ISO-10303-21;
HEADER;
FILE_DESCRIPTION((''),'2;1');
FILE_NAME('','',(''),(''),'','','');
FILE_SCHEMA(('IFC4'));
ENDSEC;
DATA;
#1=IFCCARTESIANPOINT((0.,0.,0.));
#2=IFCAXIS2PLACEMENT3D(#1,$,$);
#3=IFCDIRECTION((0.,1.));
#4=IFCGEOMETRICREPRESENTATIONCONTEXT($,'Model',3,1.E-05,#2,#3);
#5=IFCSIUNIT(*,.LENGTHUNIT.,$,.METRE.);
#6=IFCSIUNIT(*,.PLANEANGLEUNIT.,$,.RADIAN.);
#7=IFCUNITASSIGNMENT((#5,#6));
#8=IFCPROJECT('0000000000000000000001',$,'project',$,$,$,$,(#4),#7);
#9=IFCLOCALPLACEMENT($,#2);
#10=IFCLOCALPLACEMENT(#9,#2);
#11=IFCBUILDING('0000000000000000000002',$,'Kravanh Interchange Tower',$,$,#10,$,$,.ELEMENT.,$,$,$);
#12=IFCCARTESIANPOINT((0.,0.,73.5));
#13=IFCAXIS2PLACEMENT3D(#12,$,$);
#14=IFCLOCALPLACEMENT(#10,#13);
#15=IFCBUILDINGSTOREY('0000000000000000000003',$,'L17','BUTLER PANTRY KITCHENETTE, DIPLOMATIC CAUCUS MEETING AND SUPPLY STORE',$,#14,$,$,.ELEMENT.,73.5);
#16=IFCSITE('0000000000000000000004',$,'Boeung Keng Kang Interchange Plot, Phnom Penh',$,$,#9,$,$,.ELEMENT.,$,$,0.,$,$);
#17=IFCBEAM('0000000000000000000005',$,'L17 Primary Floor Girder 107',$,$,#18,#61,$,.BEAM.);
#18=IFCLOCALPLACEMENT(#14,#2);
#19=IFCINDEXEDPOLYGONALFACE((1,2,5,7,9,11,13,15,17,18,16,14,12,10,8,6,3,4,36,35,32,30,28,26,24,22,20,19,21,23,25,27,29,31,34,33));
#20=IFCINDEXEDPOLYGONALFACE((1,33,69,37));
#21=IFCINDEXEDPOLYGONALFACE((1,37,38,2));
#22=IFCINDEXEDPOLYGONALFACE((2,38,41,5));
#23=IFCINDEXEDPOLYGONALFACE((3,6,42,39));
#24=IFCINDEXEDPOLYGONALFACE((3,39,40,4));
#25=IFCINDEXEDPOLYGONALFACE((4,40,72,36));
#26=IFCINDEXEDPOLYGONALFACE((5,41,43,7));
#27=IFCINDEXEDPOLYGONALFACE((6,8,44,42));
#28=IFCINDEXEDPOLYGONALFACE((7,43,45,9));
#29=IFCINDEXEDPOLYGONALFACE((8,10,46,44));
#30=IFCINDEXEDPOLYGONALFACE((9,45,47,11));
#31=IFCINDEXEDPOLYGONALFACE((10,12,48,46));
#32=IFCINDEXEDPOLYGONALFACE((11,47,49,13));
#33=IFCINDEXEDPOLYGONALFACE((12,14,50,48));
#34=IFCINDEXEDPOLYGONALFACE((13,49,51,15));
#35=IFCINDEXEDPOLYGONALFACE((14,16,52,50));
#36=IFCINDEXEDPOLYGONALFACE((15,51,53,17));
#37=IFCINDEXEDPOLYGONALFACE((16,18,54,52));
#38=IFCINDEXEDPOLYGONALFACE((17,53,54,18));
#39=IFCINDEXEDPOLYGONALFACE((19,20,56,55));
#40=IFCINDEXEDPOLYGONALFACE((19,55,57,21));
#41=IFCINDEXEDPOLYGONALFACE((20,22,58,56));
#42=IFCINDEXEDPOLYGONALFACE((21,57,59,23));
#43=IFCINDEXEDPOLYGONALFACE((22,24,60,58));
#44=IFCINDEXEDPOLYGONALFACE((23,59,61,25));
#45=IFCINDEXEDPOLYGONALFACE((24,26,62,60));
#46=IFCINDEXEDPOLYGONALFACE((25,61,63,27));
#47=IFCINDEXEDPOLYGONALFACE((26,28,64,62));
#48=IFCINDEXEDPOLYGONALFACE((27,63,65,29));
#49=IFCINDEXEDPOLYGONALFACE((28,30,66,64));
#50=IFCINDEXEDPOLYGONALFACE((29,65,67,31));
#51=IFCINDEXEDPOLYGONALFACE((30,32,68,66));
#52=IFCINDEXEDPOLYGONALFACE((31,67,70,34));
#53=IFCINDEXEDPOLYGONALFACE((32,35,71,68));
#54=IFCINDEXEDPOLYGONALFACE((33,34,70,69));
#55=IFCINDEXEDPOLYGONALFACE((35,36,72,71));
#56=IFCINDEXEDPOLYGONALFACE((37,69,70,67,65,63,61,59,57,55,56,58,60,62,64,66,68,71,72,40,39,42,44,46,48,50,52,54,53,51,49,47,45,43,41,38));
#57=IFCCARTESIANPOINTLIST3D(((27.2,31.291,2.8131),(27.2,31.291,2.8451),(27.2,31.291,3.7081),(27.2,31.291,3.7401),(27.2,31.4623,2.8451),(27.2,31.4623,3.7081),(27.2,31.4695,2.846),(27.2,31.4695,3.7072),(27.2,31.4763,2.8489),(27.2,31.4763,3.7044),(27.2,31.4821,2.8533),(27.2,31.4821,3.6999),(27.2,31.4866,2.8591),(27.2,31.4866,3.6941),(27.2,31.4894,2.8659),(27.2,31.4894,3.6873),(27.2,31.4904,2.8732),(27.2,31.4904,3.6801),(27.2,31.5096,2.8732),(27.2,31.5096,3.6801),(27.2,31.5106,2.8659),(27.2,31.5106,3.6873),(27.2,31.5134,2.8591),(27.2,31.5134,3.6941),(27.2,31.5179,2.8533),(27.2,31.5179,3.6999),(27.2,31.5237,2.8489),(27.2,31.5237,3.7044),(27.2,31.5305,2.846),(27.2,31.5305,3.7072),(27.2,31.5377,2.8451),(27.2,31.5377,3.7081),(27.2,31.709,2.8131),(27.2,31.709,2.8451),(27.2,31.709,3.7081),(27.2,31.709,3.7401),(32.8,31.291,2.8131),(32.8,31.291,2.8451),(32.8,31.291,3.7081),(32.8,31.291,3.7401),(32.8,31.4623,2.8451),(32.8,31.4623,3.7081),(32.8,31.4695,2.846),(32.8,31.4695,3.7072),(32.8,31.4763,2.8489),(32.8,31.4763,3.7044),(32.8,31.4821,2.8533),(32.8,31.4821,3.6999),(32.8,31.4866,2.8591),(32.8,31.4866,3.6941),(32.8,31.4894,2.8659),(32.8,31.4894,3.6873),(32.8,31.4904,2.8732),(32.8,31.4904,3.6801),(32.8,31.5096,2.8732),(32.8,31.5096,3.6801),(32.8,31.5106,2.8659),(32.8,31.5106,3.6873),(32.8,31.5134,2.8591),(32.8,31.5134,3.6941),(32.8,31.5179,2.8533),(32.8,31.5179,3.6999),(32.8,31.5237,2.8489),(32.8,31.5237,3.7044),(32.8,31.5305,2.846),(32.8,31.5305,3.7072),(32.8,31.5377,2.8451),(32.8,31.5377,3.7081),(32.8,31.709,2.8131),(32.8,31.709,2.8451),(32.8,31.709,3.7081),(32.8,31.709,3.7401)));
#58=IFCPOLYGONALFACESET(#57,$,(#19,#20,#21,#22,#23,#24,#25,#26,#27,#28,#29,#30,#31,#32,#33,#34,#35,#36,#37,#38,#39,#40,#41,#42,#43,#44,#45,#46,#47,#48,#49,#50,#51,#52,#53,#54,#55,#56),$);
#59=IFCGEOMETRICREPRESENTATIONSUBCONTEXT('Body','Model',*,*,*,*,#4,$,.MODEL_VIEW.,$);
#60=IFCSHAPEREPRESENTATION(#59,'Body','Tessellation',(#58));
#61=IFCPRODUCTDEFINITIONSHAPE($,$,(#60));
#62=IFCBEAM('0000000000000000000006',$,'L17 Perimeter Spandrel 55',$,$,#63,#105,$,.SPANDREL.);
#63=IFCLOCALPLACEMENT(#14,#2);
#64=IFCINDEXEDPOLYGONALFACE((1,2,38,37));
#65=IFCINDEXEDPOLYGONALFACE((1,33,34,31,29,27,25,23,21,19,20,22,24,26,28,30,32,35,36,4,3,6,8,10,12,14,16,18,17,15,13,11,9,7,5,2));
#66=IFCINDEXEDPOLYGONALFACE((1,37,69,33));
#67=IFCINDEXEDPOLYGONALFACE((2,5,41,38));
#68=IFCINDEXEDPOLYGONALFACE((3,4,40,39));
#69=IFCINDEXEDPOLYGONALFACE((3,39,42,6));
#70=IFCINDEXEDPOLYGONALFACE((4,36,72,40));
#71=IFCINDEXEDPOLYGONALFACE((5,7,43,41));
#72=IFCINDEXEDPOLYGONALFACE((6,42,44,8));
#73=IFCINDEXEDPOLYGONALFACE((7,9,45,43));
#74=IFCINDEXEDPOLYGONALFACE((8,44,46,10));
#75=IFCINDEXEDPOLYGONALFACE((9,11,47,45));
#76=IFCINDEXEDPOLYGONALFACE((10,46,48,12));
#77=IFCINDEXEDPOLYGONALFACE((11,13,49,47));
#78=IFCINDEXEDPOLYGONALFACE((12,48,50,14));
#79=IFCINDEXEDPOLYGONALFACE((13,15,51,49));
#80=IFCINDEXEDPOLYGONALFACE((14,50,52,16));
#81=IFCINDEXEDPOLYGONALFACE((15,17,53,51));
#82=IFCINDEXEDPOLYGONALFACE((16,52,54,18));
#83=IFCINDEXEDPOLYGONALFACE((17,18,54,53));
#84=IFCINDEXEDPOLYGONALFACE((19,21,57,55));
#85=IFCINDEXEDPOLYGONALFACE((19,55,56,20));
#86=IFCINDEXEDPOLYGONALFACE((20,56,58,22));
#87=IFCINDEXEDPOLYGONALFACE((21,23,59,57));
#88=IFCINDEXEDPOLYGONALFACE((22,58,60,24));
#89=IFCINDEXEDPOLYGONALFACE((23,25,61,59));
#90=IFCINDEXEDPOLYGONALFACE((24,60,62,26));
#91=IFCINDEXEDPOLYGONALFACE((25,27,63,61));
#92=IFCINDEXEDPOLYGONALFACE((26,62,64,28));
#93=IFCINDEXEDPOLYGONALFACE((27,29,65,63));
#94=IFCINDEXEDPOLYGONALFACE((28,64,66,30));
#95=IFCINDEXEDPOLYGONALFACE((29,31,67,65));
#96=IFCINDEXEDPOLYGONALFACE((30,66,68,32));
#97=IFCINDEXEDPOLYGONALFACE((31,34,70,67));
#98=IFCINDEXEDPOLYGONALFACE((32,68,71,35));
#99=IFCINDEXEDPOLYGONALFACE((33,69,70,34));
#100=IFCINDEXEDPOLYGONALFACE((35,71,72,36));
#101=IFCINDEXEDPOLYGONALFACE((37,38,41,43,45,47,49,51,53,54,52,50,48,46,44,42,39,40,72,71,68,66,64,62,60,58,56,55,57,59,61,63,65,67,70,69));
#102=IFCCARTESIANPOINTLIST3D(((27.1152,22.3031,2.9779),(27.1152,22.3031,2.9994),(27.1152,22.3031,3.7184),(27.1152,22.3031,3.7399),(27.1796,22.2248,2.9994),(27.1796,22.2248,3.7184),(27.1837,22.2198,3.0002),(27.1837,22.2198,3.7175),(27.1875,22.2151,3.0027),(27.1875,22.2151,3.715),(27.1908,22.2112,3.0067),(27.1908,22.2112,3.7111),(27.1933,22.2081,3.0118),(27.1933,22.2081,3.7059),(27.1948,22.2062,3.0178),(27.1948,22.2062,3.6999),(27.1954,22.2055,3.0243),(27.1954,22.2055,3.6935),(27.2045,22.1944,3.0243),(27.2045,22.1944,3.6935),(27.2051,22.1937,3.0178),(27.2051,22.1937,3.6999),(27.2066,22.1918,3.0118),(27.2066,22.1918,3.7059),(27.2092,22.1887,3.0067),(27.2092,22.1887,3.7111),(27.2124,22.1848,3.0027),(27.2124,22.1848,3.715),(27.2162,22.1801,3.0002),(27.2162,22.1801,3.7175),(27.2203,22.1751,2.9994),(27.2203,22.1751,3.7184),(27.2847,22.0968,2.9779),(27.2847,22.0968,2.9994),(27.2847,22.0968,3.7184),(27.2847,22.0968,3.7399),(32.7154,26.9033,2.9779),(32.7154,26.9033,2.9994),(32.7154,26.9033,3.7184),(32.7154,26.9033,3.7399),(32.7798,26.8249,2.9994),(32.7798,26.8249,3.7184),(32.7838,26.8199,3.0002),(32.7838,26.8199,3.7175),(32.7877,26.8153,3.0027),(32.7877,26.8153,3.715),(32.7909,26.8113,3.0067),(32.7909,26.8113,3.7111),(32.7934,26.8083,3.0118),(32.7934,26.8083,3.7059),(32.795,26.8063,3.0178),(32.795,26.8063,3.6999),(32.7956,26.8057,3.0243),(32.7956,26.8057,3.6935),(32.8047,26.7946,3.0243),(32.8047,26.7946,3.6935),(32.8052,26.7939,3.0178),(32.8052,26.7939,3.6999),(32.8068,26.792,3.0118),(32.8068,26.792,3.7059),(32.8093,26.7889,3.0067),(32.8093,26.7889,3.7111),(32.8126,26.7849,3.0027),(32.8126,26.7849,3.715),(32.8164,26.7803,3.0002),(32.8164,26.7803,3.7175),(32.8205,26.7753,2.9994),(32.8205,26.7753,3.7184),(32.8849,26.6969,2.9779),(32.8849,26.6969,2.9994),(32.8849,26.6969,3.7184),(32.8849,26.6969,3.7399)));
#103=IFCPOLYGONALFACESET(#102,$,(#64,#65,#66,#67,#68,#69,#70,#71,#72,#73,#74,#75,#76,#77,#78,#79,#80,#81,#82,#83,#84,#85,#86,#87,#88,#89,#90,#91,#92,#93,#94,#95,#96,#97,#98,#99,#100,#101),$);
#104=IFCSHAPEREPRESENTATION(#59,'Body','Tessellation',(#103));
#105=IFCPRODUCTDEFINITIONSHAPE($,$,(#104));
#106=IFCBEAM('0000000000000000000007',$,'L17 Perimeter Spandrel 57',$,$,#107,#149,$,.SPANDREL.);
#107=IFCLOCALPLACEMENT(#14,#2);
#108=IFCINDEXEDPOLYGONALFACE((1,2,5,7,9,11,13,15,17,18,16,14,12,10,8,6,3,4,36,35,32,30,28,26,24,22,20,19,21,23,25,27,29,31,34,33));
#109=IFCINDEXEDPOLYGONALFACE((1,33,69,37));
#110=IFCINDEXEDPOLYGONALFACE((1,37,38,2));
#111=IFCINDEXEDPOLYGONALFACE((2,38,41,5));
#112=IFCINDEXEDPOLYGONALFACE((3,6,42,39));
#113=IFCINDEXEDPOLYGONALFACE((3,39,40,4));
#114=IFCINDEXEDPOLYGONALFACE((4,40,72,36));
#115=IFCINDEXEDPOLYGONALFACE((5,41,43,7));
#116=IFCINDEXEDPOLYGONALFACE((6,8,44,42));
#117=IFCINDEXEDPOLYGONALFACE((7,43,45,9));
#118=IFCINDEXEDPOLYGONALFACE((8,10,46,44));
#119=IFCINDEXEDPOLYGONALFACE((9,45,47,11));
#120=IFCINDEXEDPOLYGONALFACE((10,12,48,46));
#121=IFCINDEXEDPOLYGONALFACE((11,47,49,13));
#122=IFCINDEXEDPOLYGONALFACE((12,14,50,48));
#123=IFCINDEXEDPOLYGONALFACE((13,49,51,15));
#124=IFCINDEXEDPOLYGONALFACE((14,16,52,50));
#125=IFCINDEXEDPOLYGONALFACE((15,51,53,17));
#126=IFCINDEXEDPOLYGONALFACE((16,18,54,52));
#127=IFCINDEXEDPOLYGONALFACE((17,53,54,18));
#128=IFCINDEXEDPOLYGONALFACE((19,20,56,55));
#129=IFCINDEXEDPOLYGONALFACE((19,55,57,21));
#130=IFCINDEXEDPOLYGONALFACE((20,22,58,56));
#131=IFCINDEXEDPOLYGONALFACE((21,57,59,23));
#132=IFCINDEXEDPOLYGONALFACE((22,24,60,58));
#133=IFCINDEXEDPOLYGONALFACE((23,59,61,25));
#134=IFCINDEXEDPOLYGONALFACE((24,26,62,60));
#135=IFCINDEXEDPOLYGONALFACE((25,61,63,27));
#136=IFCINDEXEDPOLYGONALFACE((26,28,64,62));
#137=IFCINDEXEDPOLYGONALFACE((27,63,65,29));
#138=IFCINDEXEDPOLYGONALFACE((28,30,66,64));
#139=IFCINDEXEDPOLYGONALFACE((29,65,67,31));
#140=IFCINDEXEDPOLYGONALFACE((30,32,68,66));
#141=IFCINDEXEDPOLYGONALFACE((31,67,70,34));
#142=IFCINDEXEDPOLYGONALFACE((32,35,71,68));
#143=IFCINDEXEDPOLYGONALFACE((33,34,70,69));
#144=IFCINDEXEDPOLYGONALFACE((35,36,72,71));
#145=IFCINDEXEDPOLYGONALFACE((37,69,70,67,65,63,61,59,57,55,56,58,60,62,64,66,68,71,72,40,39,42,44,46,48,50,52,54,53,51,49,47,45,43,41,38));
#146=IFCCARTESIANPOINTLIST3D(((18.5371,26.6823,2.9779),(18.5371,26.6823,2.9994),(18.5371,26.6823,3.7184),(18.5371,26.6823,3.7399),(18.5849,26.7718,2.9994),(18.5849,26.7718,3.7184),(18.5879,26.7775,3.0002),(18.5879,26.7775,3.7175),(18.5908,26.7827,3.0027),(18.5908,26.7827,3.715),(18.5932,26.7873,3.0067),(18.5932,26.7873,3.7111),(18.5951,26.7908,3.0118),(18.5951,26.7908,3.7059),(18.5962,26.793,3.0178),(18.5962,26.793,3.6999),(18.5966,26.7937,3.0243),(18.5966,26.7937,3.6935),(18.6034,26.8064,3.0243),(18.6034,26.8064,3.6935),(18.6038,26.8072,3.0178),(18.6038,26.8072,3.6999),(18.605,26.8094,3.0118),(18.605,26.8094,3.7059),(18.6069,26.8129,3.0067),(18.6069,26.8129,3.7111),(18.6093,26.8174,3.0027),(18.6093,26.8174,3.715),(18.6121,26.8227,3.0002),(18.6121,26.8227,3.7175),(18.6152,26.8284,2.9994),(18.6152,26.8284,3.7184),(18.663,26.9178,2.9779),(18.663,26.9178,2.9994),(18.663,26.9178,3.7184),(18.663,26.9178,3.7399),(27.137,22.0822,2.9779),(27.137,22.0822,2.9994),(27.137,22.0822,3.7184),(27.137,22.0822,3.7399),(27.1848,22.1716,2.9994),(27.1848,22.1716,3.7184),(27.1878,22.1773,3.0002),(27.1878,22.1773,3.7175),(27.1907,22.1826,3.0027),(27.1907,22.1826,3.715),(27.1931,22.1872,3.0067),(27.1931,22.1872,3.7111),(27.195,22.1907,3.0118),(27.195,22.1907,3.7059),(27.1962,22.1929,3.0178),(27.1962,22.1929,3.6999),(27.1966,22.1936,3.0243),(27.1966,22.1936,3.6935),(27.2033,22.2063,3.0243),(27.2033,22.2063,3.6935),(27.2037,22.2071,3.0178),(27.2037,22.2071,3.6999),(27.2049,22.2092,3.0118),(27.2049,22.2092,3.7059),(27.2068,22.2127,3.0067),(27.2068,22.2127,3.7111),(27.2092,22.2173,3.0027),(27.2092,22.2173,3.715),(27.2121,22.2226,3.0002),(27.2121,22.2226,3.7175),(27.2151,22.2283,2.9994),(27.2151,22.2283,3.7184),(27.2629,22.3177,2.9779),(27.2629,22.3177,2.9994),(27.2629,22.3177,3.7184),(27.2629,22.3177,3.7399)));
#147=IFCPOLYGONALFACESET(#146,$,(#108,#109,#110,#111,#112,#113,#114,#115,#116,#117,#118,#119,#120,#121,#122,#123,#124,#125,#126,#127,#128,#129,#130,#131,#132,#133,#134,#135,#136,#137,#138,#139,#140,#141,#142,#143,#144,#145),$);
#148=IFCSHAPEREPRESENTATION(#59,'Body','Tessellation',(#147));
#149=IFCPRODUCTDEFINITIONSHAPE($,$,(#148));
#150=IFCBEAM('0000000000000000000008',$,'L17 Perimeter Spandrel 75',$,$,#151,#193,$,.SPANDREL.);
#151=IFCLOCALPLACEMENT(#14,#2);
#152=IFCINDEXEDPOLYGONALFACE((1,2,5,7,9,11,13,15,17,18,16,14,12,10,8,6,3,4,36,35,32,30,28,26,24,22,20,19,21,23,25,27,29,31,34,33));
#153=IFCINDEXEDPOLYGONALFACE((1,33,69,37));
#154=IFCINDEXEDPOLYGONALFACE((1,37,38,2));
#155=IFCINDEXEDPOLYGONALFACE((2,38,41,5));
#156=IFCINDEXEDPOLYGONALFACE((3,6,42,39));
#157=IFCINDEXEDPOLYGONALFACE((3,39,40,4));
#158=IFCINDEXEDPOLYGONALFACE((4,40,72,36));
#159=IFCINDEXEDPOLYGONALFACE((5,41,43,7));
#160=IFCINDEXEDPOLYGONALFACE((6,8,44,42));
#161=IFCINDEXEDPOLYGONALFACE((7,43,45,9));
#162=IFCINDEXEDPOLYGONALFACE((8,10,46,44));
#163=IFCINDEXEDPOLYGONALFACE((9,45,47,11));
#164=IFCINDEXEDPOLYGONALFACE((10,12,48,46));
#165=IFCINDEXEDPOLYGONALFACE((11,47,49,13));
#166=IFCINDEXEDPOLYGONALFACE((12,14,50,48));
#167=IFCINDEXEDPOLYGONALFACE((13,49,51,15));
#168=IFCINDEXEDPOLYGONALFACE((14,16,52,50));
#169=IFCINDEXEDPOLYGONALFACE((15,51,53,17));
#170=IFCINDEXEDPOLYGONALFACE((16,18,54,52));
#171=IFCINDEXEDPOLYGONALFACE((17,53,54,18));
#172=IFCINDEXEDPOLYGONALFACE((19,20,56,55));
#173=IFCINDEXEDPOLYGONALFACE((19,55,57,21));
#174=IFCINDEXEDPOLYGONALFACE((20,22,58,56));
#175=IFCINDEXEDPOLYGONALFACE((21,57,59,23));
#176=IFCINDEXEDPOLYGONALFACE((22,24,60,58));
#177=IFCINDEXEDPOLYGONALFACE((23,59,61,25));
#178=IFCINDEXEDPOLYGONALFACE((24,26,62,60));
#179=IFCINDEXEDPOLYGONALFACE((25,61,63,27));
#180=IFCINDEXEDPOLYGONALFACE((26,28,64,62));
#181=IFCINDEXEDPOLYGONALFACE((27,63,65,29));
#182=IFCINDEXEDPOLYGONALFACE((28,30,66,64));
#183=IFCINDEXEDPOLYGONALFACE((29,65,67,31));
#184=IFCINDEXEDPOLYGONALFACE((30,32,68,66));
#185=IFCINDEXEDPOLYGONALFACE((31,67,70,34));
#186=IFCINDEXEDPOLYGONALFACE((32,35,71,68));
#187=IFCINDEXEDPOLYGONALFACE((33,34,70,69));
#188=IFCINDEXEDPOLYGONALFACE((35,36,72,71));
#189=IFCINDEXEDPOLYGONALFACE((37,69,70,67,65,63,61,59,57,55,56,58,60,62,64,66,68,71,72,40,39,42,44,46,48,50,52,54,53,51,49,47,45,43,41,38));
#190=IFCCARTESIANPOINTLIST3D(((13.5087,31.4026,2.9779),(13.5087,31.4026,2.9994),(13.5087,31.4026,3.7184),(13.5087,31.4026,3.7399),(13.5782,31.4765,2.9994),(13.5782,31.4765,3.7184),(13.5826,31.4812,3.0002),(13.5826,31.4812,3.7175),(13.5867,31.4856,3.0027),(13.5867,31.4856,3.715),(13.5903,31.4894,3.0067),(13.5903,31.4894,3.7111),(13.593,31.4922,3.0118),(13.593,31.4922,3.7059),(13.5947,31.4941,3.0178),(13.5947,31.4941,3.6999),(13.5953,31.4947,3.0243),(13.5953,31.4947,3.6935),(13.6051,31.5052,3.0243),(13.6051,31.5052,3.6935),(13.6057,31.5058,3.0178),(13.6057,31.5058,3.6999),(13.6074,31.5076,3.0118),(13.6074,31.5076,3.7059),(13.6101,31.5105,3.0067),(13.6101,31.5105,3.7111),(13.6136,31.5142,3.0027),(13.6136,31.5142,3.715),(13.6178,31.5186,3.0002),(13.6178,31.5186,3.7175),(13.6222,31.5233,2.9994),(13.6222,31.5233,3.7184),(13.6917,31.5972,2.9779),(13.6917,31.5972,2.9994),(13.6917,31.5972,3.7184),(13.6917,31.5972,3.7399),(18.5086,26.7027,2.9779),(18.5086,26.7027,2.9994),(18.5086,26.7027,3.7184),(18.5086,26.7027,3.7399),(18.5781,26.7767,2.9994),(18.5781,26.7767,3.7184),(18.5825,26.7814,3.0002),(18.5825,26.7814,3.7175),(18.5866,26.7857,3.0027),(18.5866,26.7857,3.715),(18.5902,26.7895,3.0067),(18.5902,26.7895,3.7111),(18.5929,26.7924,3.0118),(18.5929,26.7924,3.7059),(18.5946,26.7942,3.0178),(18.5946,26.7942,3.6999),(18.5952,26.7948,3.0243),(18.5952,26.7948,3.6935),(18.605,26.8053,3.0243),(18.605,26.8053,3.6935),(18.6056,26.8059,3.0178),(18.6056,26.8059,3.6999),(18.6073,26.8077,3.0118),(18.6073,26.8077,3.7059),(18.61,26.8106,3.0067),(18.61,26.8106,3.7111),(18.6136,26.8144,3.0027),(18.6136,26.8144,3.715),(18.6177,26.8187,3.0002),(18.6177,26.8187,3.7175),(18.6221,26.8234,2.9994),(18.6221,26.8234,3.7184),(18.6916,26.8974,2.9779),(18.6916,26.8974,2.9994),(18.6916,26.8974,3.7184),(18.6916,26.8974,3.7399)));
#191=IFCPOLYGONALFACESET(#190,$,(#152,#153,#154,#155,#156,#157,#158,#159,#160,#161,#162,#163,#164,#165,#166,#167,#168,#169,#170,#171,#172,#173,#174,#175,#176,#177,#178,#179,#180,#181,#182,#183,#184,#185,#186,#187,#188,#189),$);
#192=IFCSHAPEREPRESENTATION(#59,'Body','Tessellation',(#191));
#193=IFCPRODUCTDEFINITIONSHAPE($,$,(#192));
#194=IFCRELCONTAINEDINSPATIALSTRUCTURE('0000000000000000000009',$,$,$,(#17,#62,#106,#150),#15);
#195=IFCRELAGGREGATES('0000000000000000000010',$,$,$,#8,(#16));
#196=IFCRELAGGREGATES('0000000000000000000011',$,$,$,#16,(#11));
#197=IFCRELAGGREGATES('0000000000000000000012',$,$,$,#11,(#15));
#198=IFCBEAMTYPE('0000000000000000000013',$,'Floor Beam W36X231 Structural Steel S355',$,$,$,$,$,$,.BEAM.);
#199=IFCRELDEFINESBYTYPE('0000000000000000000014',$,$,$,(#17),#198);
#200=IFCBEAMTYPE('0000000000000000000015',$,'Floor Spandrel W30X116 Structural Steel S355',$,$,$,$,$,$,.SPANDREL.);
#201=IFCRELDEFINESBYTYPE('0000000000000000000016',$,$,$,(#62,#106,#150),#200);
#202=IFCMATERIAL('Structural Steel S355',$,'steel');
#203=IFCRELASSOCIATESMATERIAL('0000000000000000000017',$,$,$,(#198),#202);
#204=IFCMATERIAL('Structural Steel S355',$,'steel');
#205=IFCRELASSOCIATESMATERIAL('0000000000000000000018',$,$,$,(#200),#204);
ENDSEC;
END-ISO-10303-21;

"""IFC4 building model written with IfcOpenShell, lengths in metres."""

from ifc_helpers import new_model, si_unit, direction, frame, origin, origin_2d, place, context, subcontext, project, spatial, i_section, extrude, material, material_profile, profile_set, type_object, element, save


model = new_model("IFC4")

# Units and contexts
model_context = context("Model", 3, precision=1e-05, world=origin(), true_north=direction((0.0, 1.0)))
body_context = subcontext(model_context, "Body", "Model", "MODEL_VIEW")
ifc_project = project(units=[si_unit("LENGTHUNIT", "METRE"), si_unit("PLANEANGLEUNIT", "RADIAN")], contexts=[model_context])

# Site, building, storey
site_placement = place(None, origin())
site = spatial("IfcSite", under=ifc_project, at=site_placement, Name="Boeung Keng Kang Interchange Plot, Phnom Penh", CompositionType="ELEMENT", RefElevation=0.0)
building_placement = place(site_placement, origin())
building = spatial("IfcBuilding", under=site, at=building_placement, Name="Kravanh Interchange Tower", CompositionType="ELEMENT")
storey_placement = place(building_placement, frame((0.0, 0.0, 73.5)))
storey = spatial("IfcBuildingStorey", under=building, at=storey_placement, Name="L17", Description="BUTLER PANTRY KITCHENETTE, DIPLOMATIC CAUCUS MEETING AND SUPPLY STORE", CompositionType="ELEMENT", Elevation=73.5)

# Beams
ifc_material_1 = material(Name="Structural Steel S355", Category="steel")
ifc_material_profile_1 = material_profile(ifc_material_1, i_section(OverallWidth=0.418, OverallDepth=0.927, WebThickness=0.0193, FlangeThickness=0.032, FilletRadius=0.0281, at=origin_2d()), Name="W36X231")
ifc_profile_set_1 = profile_set([ifc_material_profile_1], Name="Structural Steel S355")
beam_type_1 = type_object("IfcBeamType", Name="Floor Beam W36X231 Structural Steel S355", PredefinedType="BEAM", material=ifc_profile_set_1)
beam_1_placement = place(storey_placement, frame((27.2, 31.5, 3.2766), z_axis=(1.0, 0.0, 0.0), x_axis=(0.0, 1.0, 0.0)))
element("IfcBeam", 1, at=beam_1_placement, inside=storey, type_object=beam_type_1, Name="L17 Primary Floor Girder 107", PredefinedType="BEAM", context=body_context, shape_type="SweptSolid", body=[
    extrude(i_section(OverallWidth=0.418, OverallDepth=0.927, WebThickness=0.0193, FlangeThickness=0.032, FilletRadius=0.0281, at=origin_2d()), origin(), (0.0, 0.0, 1.0), 5.6001),
])
ifc_material_2 = material(Name="Structural Steel S355", Category="steel")
ifc_material_profile_2 = material_profile(ifc_material_2, i_section(OverallWidth=0.2671, OverallDepth=0.762, WebThickness=0.0144, FlangeThickness=0.0215, FilletRadius=0.0249, at=origin_2d()), Name="W30X116")
ifc_profile_set_2 = profile_set([ifc_material_profile_2], Name="Structural Steel S355")
beam_type_2 = type_object("IfcBeamType", Name="Floor Spandrel W30X116 Structural Steel S355", PredefinedType="SPANDREL", material=ifc_profile_set_2)
beam_2_placement = place(storey_placement, frame((27.2, 22.2, 3.3589), z_axis=(0.772725, 0.634741, 0.0), x_axis=(-0.634741, 0.772725, 0.0)))
element("IfcBeam", 2, at=beam_2_placement, inside=storey, type_object=beam_type_2, Name="L17 Perimeter Spandrel 55", PredefinedType="SPANDREL", context=body_context, shape_type="SweptSolid", body=[
    extrude(i_section(OverallWidth=0.2671, OverallDepth=0.762, WebThickness=0.0144, FlangeThickness=0.0215, FilletRadius=0.0249, at=origin_2d()), origin(), (0.0, 0.0, 1.0), 7.2473),
])
beam_3_placement = place(storey_placement, frame((27.2, 22.2, 3.3589), z_axis=(-0.881777, 0.471666, 0.0), x_axis=(-0.471666, -0.881777, 0.0)))
element("IfcBeam", 3, at=beam_3_placement, inside=storey, type_object=beam_type_2, Name="L17 Perimeter Spandrel 57", PredefinedType="SPANDREL", context=body_context, shape_type="SweptSolid", body=[
    extrude(i_section(OverallWidth=0.2671, OverallDepth=0.762, WebThickness=0.0144, FlangeThickness=0.0215, FilletRadius=0.0249, at=origin_2d()), origin(), (0.0, 0.0, 1.0), 9.7529),
])
beam_4_placement = place(storey_placement, frame((18.6001, 26.8, 3.3589), z_axis=(-0.728631, 0.684906, 0.0), x_axis=(-0.684906, -0.728631, 0.0)))
element("IfcBeam", 4, at=beam_4_placement, inside=storey, type_object=beam_type_2, Name="L17 Perimeter Spandrel 75", PredefinedType="SPANDREL", context=body_context, shape_type="SweptSolid", body=[
    extrude(i_section(OverallWidth=0.2671, OverallDepth=0.762, WebThickness=0.0144, FlangeThickness=0.0215, FilletRadius=0.0249, at=origin_2d()), origin(), (0.0, 0.0, 1.0), 6.8621),
])

save(model, "model.ifc")
